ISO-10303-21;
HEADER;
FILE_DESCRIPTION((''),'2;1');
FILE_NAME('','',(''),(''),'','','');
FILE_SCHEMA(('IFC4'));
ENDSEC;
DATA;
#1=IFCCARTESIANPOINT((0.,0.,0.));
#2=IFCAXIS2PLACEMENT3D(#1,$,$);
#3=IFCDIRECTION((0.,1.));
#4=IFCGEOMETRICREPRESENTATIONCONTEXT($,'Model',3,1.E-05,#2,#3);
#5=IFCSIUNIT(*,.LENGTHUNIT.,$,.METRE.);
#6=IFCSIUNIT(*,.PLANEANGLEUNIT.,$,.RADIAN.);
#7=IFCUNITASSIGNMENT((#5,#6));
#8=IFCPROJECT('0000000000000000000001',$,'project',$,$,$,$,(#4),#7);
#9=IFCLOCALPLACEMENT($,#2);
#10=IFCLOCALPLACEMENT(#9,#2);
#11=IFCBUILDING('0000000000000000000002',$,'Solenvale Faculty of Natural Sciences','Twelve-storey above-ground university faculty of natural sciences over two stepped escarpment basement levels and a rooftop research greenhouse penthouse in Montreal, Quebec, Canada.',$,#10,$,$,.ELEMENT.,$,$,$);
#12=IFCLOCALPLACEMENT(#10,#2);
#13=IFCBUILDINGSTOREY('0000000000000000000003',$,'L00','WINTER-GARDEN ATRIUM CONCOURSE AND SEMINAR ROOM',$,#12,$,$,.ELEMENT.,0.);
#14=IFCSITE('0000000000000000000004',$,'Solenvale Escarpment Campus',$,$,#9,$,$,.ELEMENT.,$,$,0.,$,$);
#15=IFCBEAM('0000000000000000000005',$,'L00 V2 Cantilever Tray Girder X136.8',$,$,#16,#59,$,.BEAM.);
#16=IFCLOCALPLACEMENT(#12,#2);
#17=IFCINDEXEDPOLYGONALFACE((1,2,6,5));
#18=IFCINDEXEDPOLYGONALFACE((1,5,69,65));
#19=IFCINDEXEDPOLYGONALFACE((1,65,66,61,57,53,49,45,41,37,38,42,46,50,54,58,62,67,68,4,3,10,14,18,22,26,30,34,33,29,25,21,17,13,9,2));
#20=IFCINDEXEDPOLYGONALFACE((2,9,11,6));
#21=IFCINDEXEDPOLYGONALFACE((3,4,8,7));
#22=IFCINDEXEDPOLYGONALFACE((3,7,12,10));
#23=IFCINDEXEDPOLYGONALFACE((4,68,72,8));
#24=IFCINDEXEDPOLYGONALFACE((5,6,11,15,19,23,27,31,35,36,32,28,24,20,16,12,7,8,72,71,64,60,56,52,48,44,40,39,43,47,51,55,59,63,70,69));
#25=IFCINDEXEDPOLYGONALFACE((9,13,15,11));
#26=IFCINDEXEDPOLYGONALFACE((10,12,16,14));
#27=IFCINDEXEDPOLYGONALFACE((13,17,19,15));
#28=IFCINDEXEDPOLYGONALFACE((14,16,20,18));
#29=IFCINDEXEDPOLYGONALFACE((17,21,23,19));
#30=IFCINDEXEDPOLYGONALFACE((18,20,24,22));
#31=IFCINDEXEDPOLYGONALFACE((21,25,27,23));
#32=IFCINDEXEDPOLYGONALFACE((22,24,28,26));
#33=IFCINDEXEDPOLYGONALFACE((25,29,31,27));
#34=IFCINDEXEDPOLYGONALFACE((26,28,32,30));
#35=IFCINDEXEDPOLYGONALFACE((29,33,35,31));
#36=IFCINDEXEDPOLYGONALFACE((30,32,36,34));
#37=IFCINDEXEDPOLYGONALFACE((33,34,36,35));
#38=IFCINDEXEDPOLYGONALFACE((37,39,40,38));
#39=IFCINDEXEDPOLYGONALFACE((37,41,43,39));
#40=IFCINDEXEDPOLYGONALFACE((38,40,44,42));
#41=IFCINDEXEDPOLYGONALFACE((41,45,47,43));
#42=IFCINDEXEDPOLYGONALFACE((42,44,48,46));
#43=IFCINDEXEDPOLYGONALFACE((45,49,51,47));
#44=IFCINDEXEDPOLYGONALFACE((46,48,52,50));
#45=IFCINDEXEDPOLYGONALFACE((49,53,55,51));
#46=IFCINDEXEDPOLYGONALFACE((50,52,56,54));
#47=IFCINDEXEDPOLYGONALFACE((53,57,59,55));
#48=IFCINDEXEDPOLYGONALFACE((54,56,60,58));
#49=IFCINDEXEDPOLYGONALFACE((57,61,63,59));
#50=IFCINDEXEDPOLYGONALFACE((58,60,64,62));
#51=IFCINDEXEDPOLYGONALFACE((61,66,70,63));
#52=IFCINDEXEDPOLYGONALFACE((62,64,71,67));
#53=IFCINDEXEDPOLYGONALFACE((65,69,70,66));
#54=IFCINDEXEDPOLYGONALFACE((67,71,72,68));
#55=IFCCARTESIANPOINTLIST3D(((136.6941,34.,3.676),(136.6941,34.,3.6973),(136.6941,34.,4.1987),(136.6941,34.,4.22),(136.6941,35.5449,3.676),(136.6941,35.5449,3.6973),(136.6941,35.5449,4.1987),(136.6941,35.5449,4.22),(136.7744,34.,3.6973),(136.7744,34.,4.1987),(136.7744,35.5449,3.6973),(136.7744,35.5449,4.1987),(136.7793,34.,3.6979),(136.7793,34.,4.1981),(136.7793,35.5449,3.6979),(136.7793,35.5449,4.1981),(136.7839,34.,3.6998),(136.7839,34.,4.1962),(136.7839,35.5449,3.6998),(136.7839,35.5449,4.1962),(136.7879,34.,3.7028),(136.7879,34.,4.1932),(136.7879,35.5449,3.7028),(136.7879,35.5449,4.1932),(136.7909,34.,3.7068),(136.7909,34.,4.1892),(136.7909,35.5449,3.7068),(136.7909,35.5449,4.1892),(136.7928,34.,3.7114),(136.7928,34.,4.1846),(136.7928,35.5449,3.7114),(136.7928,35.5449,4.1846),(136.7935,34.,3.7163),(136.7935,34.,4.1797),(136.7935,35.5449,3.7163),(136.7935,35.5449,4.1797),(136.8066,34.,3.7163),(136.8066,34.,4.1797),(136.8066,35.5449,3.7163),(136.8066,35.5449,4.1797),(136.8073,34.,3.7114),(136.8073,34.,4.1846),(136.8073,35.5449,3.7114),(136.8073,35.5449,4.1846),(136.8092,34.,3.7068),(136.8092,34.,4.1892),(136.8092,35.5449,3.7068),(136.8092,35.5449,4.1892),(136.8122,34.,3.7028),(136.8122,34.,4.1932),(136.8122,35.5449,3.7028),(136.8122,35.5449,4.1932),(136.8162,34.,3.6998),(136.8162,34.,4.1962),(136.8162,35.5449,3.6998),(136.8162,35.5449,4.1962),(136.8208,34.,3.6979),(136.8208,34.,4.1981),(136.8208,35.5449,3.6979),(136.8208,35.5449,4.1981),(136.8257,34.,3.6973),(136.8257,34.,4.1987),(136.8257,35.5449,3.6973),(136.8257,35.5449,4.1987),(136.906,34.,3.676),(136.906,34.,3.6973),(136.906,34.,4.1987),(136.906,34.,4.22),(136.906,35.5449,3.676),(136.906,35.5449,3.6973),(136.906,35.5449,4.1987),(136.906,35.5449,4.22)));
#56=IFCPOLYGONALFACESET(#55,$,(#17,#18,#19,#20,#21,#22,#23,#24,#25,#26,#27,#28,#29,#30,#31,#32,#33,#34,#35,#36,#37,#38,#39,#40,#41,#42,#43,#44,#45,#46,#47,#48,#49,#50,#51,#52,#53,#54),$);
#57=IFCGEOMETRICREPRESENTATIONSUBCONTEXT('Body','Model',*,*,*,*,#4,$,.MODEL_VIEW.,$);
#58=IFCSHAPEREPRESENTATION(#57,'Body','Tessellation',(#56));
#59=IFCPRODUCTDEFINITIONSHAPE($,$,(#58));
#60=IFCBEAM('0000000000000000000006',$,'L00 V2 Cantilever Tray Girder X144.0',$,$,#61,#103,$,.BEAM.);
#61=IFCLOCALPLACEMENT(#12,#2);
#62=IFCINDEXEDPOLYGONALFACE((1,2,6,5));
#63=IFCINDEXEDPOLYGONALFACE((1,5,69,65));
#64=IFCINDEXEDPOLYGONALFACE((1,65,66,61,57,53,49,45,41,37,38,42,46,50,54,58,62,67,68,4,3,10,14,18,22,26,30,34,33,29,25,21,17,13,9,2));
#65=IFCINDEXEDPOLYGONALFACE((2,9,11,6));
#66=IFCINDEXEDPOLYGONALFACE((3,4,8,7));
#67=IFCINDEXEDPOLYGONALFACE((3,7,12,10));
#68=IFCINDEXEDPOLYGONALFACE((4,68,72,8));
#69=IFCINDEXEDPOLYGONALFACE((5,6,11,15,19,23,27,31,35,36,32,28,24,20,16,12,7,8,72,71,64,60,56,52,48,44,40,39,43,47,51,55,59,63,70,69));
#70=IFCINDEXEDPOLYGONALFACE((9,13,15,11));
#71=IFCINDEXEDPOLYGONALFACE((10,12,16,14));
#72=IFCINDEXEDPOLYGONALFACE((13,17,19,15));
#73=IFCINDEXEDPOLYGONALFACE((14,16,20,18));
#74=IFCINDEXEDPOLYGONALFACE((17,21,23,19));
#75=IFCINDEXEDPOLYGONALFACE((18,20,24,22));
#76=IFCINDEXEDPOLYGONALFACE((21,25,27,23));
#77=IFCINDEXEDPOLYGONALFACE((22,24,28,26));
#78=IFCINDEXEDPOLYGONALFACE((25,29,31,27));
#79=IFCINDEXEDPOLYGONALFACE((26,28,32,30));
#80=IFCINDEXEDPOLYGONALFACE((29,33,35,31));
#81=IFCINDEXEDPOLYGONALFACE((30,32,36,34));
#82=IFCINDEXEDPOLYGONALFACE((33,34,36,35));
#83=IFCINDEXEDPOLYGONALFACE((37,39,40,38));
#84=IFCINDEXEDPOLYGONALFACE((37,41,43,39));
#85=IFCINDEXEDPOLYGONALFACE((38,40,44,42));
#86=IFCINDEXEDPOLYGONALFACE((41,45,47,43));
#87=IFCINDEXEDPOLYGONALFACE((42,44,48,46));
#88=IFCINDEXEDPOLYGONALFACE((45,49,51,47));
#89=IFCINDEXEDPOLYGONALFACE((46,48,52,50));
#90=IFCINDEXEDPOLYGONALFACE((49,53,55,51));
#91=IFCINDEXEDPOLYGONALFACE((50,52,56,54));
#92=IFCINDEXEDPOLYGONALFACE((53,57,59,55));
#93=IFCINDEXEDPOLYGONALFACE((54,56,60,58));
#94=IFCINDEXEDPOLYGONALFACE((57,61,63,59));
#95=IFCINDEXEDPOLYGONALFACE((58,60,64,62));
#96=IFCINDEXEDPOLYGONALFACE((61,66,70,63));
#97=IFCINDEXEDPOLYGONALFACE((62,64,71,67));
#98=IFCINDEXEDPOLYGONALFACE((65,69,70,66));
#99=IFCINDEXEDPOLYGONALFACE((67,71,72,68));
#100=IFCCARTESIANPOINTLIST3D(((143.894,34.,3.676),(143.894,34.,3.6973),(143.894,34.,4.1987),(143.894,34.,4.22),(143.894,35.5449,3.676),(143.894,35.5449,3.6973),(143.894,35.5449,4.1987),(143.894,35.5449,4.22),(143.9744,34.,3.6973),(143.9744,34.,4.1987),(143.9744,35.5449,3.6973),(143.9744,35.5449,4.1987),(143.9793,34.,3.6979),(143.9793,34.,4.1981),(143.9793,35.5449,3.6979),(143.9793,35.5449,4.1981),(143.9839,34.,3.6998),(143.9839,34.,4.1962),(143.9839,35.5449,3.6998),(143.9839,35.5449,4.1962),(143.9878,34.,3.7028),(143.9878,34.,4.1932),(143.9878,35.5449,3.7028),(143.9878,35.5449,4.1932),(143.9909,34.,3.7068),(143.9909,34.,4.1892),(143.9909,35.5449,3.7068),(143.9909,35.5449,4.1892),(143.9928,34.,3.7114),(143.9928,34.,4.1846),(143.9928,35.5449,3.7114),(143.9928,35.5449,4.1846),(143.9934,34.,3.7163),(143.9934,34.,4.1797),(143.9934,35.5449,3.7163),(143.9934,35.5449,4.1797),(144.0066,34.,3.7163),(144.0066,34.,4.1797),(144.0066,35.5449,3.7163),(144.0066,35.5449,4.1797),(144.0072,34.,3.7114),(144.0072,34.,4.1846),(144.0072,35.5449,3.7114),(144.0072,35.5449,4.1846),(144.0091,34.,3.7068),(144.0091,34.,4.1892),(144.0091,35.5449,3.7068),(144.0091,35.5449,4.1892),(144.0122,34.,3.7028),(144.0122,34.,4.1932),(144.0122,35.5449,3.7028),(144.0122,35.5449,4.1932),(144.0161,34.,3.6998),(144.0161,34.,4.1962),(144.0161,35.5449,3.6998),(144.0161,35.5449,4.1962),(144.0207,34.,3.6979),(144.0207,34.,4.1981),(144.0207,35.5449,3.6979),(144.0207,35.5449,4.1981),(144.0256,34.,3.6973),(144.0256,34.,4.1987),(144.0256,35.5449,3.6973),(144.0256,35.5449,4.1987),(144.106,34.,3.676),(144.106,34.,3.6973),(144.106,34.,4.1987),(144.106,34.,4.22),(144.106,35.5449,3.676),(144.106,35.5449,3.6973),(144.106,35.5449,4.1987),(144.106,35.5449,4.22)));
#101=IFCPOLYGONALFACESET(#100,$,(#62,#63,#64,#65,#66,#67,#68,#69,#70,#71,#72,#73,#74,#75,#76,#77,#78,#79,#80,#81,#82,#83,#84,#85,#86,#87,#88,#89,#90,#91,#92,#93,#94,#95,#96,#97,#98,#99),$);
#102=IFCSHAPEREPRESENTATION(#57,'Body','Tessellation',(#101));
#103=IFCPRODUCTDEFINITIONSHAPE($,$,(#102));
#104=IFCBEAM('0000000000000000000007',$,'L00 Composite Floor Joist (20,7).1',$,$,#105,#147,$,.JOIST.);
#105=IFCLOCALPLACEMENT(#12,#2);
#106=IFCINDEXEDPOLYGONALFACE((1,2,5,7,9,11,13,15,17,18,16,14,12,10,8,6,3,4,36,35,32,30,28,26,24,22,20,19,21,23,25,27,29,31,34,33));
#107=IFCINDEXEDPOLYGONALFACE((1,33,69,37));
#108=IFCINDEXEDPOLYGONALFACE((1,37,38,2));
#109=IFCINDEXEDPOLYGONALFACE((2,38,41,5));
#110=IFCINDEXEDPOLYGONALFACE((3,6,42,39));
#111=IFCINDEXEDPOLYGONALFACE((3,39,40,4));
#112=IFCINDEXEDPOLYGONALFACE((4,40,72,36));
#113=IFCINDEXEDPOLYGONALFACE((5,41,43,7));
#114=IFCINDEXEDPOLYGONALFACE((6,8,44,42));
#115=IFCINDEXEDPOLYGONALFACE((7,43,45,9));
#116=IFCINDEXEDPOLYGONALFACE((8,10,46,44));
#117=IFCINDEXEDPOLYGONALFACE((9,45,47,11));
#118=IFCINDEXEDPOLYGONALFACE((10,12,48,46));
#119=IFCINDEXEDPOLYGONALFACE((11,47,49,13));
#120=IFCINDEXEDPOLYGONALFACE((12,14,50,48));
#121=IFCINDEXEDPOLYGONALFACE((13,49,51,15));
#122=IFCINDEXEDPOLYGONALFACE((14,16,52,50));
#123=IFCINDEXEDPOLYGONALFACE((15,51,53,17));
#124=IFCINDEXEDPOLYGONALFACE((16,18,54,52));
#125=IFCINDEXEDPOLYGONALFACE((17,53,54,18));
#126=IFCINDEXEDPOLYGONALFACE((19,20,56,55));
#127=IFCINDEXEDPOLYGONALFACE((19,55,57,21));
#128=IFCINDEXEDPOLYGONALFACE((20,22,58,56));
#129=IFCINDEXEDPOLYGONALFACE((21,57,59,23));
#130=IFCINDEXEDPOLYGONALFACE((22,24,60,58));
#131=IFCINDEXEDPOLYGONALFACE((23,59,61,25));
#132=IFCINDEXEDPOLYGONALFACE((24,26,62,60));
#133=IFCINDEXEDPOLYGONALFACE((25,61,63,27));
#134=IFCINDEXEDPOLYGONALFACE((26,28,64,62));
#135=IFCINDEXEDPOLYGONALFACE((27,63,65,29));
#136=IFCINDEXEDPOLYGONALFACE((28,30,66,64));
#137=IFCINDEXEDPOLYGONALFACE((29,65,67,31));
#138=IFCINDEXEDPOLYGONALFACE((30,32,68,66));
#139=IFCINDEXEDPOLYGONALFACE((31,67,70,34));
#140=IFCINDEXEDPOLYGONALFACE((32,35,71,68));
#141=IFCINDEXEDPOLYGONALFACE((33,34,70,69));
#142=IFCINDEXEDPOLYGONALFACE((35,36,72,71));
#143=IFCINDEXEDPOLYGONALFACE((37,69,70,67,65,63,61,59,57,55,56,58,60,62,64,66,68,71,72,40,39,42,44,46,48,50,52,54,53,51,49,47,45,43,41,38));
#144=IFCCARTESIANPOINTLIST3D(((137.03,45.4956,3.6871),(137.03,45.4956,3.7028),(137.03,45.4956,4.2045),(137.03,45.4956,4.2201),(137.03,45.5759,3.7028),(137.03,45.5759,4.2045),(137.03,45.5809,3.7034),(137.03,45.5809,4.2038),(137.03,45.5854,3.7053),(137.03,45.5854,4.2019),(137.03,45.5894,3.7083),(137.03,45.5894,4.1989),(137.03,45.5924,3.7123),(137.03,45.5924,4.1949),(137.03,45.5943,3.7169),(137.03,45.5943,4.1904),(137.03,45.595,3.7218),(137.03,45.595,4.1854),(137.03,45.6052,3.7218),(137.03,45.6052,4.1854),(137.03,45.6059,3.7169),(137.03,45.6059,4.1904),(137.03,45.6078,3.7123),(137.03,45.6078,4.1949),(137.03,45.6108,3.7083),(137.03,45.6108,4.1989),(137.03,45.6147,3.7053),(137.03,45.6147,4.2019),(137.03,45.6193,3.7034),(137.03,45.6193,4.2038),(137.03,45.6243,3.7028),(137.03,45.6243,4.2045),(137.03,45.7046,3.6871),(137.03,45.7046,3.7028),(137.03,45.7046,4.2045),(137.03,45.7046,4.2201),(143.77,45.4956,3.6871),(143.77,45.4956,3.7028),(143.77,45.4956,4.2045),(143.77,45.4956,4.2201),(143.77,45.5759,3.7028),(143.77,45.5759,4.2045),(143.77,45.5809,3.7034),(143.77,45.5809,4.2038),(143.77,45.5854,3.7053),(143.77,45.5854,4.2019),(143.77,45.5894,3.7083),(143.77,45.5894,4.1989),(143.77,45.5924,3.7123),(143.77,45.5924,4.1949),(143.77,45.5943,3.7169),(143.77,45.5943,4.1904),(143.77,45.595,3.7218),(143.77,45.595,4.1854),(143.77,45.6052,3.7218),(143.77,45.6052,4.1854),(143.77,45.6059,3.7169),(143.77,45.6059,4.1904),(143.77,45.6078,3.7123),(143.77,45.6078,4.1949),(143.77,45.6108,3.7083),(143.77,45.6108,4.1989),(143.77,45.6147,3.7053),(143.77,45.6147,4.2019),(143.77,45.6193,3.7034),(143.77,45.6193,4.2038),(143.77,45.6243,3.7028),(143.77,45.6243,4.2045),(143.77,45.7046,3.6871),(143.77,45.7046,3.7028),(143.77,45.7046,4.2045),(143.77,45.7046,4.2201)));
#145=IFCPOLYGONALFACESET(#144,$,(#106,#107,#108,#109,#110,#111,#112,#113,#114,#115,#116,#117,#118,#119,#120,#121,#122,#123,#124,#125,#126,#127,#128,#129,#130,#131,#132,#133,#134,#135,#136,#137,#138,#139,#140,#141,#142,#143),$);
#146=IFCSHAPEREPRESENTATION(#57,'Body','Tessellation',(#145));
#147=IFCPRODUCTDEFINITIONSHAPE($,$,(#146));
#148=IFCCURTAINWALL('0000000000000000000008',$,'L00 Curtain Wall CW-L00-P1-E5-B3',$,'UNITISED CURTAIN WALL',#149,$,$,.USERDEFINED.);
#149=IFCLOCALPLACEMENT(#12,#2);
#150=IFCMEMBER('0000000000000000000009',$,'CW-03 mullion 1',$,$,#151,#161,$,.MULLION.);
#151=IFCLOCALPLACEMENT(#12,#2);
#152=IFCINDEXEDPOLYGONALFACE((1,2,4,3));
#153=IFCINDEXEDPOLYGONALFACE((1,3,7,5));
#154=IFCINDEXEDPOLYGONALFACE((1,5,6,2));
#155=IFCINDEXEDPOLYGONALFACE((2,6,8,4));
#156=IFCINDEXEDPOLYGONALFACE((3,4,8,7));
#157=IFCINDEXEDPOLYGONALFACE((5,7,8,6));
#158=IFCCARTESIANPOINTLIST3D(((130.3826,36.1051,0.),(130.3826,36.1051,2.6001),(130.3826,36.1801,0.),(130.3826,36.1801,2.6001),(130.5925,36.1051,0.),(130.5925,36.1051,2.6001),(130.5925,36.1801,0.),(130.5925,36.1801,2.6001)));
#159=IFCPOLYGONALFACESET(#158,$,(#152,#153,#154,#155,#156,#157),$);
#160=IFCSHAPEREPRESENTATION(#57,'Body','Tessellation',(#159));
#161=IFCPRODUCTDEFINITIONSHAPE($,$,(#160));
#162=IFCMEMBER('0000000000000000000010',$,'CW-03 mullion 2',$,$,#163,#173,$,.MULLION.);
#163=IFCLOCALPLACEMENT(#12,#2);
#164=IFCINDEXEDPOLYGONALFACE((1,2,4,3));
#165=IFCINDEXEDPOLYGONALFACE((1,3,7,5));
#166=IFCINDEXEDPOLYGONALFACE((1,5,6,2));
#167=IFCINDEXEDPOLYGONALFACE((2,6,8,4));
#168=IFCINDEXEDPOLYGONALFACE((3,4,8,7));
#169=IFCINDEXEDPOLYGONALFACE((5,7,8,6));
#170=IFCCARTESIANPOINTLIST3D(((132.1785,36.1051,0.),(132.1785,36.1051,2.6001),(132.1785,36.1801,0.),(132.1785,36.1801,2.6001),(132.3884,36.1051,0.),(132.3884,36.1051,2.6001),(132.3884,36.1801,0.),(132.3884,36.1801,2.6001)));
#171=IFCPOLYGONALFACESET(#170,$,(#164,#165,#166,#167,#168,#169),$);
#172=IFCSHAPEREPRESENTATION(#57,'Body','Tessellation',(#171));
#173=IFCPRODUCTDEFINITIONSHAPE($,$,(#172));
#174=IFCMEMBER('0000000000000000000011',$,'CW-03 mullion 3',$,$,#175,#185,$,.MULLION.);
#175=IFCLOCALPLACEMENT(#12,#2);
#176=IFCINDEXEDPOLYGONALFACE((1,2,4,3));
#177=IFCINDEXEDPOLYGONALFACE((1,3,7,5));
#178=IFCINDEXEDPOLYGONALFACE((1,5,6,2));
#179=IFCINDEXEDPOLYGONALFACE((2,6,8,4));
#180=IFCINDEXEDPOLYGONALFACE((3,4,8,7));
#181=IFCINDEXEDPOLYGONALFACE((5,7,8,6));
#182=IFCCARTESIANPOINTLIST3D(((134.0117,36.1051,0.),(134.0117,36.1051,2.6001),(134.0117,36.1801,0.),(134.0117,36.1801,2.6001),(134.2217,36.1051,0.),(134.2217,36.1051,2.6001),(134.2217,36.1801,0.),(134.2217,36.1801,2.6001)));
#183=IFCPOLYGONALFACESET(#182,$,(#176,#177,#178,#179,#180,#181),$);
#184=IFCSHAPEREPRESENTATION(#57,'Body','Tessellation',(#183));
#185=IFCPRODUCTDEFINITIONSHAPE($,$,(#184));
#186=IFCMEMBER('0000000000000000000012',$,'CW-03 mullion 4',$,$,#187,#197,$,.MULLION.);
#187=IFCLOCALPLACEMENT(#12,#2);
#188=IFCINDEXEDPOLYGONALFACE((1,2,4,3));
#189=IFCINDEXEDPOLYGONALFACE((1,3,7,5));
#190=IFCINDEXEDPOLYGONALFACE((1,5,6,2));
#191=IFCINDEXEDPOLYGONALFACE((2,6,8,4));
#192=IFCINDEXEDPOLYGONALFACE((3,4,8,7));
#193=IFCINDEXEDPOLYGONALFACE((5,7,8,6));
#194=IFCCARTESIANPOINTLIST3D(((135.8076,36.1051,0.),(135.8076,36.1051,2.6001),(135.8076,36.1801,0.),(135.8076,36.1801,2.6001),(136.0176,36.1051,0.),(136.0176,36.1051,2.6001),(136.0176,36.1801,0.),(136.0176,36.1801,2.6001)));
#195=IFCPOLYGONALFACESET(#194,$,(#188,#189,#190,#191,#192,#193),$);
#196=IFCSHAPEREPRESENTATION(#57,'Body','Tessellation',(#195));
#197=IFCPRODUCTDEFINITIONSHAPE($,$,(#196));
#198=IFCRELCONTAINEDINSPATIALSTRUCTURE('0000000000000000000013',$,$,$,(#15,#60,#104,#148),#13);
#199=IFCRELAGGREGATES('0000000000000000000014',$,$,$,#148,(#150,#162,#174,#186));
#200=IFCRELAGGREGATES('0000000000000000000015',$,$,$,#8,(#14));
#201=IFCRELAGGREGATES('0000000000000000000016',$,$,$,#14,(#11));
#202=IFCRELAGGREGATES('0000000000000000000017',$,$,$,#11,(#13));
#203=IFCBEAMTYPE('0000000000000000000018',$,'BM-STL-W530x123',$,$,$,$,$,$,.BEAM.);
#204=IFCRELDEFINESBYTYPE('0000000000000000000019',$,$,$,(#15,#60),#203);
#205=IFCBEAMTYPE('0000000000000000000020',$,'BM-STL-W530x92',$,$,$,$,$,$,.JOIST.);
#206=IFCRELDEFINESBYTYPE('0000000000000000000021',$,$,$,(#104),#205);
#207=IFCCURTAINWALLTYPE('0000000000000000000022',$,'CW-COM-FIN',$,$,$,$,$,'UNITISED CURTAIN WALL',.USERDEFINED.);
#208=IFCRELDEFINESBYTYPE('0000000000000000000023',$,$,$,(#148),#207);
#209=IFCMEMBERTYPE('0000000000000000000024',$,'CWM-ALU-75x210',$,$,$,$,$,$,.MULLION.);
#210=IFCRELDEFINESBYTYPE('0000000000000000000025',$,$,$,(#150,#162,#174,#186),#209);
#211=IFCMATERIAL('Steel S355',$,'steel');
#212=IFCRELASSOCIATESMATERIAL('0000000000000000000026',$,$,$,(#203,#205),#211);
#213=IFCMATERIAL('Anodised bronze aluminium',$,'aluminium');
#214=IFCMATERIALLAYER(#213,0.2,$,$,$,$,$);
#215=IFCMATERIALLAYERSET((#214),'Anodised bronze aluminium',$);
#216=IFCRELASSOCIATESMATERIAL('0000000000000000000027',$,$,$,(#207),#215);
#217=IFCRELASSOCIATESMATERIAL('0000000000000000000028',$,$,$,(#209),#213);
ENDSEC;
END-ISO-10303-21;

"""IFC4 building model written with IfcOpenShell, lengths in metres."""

from ifc_helpers import new_model, si_unit, direction, frame, origin, origin_2d, place, context, subcontext, project, spatial, rectangle, i_section, extrude, material, layer, layer_set, material_profile, profile_set, type_object, element, aggregate, save


model = new_model("IFC4")

# Units and contexts
model_context = context("Model", 3, precision=1e-05, world=origin(), true_north=direction((0.0, 1.0)))
body_context = subcontext(model_context, "Body", "Model", "MODEL_VIEW")
ifc_project = project(units=[si_unit("LENGTHUNIT", "METRE"), si_unit("PLANEANGLEUNIT", "RADIAN")], contexts=[model_context])

# Site, building, storey
site_placement = place(None, origin())
site = spatial("IfcSite", under=ifc_project, at=site_placement, Name="Solenvale Escarpment Campus", CompositionType="ELEMENT", RefElevation=0.0)
building_placement = place(site_placement, origin())
building = spatial("IfcBuilding", under=site, at=building_placement, Name="Solenvale Faculty of Natural Sciences", Description="Twelve-storey above-ground university faculty of natural sciences over two stepped escarpment basement levels and a rooftop research greenhouse penthouse in Montreal, Quebec, Canada.", CompositionType="ELEMENT")
storey_placement = place(building_placement, origin())
storey = spatial("IfcBuildingStorey", under=building, at=storey_placement, Name="L00", Description="WINTER-GARDEN ATRIUM CONCOURSE AND SEMINAR ROOM", CompositionType="ELEMENT", Elevation=0.0)

# Beams
ifc_material_1 = material(Name="Steel S355", Category="steel")
ifc_material_profile_1 = material_profile(ifc_material_1, i_section(OverallWidth=0.2119, OverallDepth=0.5439, WebThickness=0.0132, FlangeThickness=0.0212, FilletRadius=0.019, at=origin_2d()), Name="W530x123")
ifc_profile_set_1 = profile_set([ifc_material_profile_1], Name="Steel S355")
beam_type_1 = type_object("IfcBeamType", Name="BM-STL-W530x123", PredefinedType="BEAM", material=ifc_profile_set_1)
for number, where, z_axis, x_axis, name in (
    (1, (136.8, 35.5449, 3.948), (0.0, -1.0, 0.0), (1.0, 0.0, 0.0), "L00 V2 Cantilever Tray Girder X136.8"),
    (2, (144.0, 35.5449, 3.948), (0.0, -1.0, 0.0), (1.0, 0.0, 0.0), "L00 V2 Cantilever Tray Girder X144.0"),
):
    element("IfcBeam", number, at=place(storey_placement, frame(where, z_axis=z_axis, x_axis=x_axis)), inside=storey, type_object=beam_type_1, Name=name, PredefinedType="BEAM", context=body_context, shape_type="SweptSolid", body=[
        extrude(i_section(OverallWidth=0.2119, OverallDepth=0.5439, WebThickness=0.0132, FlangeThickness=0.0212, FilletRadius=0.019, at=origin_2d()), origin(), (0.0, 0.0, 1.0), 1.5449),
    ])
ifc_material_profile_2 = material_profile(ifc_material_1, i_section(OverallWidth=0.209, OverallDepth=0.533, WebThickness=0.0103, FlangeThickness=0.0156, FilletRadius=0.019, at=origin_2d()), Name="W530x92")
ifc_profile_set_2 = profile_set([ifc_material_profile_2], Name="Steel S355")
beam_type_2 = type_object("IfcBeamType", Name="BM-STL-W530x92", PredefinedType="JOIST", material=ifc_profile_set_2)
beam_placement = place(storey_placement, frame((137.03, 45.6001, 3.9536), z_axis=(1.0, 0.0, 0.0), x_axis=(0.0, 1.0, 0.0)))
element("IfcBeam", 3, at=beam_placement, inside=storey, type_object=beam_type_2, Name="L00 Composite Floor Joist (20,7).1", PredefinedType="JOIST", context=body_context, shape_type="SweptSolid", body=[
    extrude(i_section(OverallWidth=0.209, OverallDepth=0.533, WebThickness=0.0103, FlangeThickness=0.0156, FilletRadius=0.019, at=origin_2d()), origin(), (0.0, 0.0, 1.0), 6.74),
])

# Curtain wall, members
ifc_material_2 = material(Name="Anodised bronze aluminium", Category="aluminium")
ifc_layer_1 = layer(ifc_material_2, 0.2)
ifc_layer_set_1 = layer_set([ifc_layer_1], Name="Anodised bronze aluminium")
curtain_wall_type = type_object("IfcCurtainWallType", Name="CW-COM-FIN", ElementType="UNITISED CURTAIN WALL", PredefinedType="USERDEFINED", material=ifc_layer_set_1)
curtain_wall_placement = place(storey_placement, origin())
curtain_wall = element("IfcCurtainWall", 4, at=curtain_wall_placement, inside=storey, type_object=curtain_wall_type, Name="L00 Curtain Wall CW-L00-P1-E5-B3", ObjectType="UNITISED CURTAIN WALL", PredefinedType="USERDEFINED")
ifc_material_profile_3 = material_profile(ifc_material_2, rectangle(XDim=0.075, YDim=0.21, at=origin_2d()), Name="ALU-MUL-75x210")
ifc_profile_set_3 = profile_set([ifc_material_profile_3], Name="Anodised bronze aluminium")
member_type_1 = type_object("IfcMemberType", Name="CWM-ALU-75x210", PredefinedType="MULLION", material=ifc_profile_set_3)
member_1_placement = place(storey_placement, frame((130.4875, 36.1426, 0.0), z_axis=(0.0, 0.0, 1.0), x_axis=(0.0, 1.0, 0.0)))
member_1 = element("IfcMember", 5, at=member_1_placement, type_object=member_type_1, Name="CW-03 mullion 1", PredefinedType="MULLION", context=body_context, shape_type="SweptSolid", body=[
    extrude(rectangle(XDim=0.075, YDim=0.21, at=origin_2d()), origin(), (0.0, 0.0, 1.0), 2.6001),
])
member_2_placement = place(storey_placement, frame((132.2834, 36.1426, 0.0), z_axis=(0.0, 0.0, 1.0), x_axis=(0.0, 1.0, 0.0)))
member_2 = element("IfcMember", 6, at=member_2_placement, type_object=member_type_1, Name="CW-03 mullion 2", PredefinedType="MULLION", context=body_context, shape_type="SweptSolid", body=[
    extrude(rectangle(XDim=0.075, YDim=0.21, at=origin_2d()), origin(), (0.0, 0.0, 1.0), 2.6001),
])
member_3_placement = place(storey_placement, frame((134.1167, 36.1426, 0.0), z_axis=(0.0, 0.0, 1.0), x_axis=(0.0, 1.0, 0.0)))
member_3 = element("IfcMember", 7, at=member_3_placement, type_object=member_type_1, Name="CW-03 mullion 3", PredefinedType="MULLION", context=body_context, shape_type="SweptSolid", body=[
    extrude(rectangle(XDim=0.075, YDim=0.21, at=origin_2d()), origin(), (0.0, 0.0, 1.0), 2.6001),
])
member_4_placement = place(storey_placement, frame((135.9126, 36.1426, 0.0), z_axis=(0.0, 0.0, 1.0), x_axis=(0.0, 1.0, 0.0)))
member_4 = element("IfcMember", 8, at=member_4_placement, type_object=member_type_1, Name="CW-03 mullion 4", PredefinedType="MULLION", context=body_context, shape_type="SweptSolid", body=[
    extrude(rectangle(XDim=0.075, YDim=0.21, at=origin_2d()), origin(), (0.0, 0.0, 1.0), 2.6001),
])
aggregate(curtain_wall, [member_1, member_2, member_3, member_4])

save(model, "model.ifc")
